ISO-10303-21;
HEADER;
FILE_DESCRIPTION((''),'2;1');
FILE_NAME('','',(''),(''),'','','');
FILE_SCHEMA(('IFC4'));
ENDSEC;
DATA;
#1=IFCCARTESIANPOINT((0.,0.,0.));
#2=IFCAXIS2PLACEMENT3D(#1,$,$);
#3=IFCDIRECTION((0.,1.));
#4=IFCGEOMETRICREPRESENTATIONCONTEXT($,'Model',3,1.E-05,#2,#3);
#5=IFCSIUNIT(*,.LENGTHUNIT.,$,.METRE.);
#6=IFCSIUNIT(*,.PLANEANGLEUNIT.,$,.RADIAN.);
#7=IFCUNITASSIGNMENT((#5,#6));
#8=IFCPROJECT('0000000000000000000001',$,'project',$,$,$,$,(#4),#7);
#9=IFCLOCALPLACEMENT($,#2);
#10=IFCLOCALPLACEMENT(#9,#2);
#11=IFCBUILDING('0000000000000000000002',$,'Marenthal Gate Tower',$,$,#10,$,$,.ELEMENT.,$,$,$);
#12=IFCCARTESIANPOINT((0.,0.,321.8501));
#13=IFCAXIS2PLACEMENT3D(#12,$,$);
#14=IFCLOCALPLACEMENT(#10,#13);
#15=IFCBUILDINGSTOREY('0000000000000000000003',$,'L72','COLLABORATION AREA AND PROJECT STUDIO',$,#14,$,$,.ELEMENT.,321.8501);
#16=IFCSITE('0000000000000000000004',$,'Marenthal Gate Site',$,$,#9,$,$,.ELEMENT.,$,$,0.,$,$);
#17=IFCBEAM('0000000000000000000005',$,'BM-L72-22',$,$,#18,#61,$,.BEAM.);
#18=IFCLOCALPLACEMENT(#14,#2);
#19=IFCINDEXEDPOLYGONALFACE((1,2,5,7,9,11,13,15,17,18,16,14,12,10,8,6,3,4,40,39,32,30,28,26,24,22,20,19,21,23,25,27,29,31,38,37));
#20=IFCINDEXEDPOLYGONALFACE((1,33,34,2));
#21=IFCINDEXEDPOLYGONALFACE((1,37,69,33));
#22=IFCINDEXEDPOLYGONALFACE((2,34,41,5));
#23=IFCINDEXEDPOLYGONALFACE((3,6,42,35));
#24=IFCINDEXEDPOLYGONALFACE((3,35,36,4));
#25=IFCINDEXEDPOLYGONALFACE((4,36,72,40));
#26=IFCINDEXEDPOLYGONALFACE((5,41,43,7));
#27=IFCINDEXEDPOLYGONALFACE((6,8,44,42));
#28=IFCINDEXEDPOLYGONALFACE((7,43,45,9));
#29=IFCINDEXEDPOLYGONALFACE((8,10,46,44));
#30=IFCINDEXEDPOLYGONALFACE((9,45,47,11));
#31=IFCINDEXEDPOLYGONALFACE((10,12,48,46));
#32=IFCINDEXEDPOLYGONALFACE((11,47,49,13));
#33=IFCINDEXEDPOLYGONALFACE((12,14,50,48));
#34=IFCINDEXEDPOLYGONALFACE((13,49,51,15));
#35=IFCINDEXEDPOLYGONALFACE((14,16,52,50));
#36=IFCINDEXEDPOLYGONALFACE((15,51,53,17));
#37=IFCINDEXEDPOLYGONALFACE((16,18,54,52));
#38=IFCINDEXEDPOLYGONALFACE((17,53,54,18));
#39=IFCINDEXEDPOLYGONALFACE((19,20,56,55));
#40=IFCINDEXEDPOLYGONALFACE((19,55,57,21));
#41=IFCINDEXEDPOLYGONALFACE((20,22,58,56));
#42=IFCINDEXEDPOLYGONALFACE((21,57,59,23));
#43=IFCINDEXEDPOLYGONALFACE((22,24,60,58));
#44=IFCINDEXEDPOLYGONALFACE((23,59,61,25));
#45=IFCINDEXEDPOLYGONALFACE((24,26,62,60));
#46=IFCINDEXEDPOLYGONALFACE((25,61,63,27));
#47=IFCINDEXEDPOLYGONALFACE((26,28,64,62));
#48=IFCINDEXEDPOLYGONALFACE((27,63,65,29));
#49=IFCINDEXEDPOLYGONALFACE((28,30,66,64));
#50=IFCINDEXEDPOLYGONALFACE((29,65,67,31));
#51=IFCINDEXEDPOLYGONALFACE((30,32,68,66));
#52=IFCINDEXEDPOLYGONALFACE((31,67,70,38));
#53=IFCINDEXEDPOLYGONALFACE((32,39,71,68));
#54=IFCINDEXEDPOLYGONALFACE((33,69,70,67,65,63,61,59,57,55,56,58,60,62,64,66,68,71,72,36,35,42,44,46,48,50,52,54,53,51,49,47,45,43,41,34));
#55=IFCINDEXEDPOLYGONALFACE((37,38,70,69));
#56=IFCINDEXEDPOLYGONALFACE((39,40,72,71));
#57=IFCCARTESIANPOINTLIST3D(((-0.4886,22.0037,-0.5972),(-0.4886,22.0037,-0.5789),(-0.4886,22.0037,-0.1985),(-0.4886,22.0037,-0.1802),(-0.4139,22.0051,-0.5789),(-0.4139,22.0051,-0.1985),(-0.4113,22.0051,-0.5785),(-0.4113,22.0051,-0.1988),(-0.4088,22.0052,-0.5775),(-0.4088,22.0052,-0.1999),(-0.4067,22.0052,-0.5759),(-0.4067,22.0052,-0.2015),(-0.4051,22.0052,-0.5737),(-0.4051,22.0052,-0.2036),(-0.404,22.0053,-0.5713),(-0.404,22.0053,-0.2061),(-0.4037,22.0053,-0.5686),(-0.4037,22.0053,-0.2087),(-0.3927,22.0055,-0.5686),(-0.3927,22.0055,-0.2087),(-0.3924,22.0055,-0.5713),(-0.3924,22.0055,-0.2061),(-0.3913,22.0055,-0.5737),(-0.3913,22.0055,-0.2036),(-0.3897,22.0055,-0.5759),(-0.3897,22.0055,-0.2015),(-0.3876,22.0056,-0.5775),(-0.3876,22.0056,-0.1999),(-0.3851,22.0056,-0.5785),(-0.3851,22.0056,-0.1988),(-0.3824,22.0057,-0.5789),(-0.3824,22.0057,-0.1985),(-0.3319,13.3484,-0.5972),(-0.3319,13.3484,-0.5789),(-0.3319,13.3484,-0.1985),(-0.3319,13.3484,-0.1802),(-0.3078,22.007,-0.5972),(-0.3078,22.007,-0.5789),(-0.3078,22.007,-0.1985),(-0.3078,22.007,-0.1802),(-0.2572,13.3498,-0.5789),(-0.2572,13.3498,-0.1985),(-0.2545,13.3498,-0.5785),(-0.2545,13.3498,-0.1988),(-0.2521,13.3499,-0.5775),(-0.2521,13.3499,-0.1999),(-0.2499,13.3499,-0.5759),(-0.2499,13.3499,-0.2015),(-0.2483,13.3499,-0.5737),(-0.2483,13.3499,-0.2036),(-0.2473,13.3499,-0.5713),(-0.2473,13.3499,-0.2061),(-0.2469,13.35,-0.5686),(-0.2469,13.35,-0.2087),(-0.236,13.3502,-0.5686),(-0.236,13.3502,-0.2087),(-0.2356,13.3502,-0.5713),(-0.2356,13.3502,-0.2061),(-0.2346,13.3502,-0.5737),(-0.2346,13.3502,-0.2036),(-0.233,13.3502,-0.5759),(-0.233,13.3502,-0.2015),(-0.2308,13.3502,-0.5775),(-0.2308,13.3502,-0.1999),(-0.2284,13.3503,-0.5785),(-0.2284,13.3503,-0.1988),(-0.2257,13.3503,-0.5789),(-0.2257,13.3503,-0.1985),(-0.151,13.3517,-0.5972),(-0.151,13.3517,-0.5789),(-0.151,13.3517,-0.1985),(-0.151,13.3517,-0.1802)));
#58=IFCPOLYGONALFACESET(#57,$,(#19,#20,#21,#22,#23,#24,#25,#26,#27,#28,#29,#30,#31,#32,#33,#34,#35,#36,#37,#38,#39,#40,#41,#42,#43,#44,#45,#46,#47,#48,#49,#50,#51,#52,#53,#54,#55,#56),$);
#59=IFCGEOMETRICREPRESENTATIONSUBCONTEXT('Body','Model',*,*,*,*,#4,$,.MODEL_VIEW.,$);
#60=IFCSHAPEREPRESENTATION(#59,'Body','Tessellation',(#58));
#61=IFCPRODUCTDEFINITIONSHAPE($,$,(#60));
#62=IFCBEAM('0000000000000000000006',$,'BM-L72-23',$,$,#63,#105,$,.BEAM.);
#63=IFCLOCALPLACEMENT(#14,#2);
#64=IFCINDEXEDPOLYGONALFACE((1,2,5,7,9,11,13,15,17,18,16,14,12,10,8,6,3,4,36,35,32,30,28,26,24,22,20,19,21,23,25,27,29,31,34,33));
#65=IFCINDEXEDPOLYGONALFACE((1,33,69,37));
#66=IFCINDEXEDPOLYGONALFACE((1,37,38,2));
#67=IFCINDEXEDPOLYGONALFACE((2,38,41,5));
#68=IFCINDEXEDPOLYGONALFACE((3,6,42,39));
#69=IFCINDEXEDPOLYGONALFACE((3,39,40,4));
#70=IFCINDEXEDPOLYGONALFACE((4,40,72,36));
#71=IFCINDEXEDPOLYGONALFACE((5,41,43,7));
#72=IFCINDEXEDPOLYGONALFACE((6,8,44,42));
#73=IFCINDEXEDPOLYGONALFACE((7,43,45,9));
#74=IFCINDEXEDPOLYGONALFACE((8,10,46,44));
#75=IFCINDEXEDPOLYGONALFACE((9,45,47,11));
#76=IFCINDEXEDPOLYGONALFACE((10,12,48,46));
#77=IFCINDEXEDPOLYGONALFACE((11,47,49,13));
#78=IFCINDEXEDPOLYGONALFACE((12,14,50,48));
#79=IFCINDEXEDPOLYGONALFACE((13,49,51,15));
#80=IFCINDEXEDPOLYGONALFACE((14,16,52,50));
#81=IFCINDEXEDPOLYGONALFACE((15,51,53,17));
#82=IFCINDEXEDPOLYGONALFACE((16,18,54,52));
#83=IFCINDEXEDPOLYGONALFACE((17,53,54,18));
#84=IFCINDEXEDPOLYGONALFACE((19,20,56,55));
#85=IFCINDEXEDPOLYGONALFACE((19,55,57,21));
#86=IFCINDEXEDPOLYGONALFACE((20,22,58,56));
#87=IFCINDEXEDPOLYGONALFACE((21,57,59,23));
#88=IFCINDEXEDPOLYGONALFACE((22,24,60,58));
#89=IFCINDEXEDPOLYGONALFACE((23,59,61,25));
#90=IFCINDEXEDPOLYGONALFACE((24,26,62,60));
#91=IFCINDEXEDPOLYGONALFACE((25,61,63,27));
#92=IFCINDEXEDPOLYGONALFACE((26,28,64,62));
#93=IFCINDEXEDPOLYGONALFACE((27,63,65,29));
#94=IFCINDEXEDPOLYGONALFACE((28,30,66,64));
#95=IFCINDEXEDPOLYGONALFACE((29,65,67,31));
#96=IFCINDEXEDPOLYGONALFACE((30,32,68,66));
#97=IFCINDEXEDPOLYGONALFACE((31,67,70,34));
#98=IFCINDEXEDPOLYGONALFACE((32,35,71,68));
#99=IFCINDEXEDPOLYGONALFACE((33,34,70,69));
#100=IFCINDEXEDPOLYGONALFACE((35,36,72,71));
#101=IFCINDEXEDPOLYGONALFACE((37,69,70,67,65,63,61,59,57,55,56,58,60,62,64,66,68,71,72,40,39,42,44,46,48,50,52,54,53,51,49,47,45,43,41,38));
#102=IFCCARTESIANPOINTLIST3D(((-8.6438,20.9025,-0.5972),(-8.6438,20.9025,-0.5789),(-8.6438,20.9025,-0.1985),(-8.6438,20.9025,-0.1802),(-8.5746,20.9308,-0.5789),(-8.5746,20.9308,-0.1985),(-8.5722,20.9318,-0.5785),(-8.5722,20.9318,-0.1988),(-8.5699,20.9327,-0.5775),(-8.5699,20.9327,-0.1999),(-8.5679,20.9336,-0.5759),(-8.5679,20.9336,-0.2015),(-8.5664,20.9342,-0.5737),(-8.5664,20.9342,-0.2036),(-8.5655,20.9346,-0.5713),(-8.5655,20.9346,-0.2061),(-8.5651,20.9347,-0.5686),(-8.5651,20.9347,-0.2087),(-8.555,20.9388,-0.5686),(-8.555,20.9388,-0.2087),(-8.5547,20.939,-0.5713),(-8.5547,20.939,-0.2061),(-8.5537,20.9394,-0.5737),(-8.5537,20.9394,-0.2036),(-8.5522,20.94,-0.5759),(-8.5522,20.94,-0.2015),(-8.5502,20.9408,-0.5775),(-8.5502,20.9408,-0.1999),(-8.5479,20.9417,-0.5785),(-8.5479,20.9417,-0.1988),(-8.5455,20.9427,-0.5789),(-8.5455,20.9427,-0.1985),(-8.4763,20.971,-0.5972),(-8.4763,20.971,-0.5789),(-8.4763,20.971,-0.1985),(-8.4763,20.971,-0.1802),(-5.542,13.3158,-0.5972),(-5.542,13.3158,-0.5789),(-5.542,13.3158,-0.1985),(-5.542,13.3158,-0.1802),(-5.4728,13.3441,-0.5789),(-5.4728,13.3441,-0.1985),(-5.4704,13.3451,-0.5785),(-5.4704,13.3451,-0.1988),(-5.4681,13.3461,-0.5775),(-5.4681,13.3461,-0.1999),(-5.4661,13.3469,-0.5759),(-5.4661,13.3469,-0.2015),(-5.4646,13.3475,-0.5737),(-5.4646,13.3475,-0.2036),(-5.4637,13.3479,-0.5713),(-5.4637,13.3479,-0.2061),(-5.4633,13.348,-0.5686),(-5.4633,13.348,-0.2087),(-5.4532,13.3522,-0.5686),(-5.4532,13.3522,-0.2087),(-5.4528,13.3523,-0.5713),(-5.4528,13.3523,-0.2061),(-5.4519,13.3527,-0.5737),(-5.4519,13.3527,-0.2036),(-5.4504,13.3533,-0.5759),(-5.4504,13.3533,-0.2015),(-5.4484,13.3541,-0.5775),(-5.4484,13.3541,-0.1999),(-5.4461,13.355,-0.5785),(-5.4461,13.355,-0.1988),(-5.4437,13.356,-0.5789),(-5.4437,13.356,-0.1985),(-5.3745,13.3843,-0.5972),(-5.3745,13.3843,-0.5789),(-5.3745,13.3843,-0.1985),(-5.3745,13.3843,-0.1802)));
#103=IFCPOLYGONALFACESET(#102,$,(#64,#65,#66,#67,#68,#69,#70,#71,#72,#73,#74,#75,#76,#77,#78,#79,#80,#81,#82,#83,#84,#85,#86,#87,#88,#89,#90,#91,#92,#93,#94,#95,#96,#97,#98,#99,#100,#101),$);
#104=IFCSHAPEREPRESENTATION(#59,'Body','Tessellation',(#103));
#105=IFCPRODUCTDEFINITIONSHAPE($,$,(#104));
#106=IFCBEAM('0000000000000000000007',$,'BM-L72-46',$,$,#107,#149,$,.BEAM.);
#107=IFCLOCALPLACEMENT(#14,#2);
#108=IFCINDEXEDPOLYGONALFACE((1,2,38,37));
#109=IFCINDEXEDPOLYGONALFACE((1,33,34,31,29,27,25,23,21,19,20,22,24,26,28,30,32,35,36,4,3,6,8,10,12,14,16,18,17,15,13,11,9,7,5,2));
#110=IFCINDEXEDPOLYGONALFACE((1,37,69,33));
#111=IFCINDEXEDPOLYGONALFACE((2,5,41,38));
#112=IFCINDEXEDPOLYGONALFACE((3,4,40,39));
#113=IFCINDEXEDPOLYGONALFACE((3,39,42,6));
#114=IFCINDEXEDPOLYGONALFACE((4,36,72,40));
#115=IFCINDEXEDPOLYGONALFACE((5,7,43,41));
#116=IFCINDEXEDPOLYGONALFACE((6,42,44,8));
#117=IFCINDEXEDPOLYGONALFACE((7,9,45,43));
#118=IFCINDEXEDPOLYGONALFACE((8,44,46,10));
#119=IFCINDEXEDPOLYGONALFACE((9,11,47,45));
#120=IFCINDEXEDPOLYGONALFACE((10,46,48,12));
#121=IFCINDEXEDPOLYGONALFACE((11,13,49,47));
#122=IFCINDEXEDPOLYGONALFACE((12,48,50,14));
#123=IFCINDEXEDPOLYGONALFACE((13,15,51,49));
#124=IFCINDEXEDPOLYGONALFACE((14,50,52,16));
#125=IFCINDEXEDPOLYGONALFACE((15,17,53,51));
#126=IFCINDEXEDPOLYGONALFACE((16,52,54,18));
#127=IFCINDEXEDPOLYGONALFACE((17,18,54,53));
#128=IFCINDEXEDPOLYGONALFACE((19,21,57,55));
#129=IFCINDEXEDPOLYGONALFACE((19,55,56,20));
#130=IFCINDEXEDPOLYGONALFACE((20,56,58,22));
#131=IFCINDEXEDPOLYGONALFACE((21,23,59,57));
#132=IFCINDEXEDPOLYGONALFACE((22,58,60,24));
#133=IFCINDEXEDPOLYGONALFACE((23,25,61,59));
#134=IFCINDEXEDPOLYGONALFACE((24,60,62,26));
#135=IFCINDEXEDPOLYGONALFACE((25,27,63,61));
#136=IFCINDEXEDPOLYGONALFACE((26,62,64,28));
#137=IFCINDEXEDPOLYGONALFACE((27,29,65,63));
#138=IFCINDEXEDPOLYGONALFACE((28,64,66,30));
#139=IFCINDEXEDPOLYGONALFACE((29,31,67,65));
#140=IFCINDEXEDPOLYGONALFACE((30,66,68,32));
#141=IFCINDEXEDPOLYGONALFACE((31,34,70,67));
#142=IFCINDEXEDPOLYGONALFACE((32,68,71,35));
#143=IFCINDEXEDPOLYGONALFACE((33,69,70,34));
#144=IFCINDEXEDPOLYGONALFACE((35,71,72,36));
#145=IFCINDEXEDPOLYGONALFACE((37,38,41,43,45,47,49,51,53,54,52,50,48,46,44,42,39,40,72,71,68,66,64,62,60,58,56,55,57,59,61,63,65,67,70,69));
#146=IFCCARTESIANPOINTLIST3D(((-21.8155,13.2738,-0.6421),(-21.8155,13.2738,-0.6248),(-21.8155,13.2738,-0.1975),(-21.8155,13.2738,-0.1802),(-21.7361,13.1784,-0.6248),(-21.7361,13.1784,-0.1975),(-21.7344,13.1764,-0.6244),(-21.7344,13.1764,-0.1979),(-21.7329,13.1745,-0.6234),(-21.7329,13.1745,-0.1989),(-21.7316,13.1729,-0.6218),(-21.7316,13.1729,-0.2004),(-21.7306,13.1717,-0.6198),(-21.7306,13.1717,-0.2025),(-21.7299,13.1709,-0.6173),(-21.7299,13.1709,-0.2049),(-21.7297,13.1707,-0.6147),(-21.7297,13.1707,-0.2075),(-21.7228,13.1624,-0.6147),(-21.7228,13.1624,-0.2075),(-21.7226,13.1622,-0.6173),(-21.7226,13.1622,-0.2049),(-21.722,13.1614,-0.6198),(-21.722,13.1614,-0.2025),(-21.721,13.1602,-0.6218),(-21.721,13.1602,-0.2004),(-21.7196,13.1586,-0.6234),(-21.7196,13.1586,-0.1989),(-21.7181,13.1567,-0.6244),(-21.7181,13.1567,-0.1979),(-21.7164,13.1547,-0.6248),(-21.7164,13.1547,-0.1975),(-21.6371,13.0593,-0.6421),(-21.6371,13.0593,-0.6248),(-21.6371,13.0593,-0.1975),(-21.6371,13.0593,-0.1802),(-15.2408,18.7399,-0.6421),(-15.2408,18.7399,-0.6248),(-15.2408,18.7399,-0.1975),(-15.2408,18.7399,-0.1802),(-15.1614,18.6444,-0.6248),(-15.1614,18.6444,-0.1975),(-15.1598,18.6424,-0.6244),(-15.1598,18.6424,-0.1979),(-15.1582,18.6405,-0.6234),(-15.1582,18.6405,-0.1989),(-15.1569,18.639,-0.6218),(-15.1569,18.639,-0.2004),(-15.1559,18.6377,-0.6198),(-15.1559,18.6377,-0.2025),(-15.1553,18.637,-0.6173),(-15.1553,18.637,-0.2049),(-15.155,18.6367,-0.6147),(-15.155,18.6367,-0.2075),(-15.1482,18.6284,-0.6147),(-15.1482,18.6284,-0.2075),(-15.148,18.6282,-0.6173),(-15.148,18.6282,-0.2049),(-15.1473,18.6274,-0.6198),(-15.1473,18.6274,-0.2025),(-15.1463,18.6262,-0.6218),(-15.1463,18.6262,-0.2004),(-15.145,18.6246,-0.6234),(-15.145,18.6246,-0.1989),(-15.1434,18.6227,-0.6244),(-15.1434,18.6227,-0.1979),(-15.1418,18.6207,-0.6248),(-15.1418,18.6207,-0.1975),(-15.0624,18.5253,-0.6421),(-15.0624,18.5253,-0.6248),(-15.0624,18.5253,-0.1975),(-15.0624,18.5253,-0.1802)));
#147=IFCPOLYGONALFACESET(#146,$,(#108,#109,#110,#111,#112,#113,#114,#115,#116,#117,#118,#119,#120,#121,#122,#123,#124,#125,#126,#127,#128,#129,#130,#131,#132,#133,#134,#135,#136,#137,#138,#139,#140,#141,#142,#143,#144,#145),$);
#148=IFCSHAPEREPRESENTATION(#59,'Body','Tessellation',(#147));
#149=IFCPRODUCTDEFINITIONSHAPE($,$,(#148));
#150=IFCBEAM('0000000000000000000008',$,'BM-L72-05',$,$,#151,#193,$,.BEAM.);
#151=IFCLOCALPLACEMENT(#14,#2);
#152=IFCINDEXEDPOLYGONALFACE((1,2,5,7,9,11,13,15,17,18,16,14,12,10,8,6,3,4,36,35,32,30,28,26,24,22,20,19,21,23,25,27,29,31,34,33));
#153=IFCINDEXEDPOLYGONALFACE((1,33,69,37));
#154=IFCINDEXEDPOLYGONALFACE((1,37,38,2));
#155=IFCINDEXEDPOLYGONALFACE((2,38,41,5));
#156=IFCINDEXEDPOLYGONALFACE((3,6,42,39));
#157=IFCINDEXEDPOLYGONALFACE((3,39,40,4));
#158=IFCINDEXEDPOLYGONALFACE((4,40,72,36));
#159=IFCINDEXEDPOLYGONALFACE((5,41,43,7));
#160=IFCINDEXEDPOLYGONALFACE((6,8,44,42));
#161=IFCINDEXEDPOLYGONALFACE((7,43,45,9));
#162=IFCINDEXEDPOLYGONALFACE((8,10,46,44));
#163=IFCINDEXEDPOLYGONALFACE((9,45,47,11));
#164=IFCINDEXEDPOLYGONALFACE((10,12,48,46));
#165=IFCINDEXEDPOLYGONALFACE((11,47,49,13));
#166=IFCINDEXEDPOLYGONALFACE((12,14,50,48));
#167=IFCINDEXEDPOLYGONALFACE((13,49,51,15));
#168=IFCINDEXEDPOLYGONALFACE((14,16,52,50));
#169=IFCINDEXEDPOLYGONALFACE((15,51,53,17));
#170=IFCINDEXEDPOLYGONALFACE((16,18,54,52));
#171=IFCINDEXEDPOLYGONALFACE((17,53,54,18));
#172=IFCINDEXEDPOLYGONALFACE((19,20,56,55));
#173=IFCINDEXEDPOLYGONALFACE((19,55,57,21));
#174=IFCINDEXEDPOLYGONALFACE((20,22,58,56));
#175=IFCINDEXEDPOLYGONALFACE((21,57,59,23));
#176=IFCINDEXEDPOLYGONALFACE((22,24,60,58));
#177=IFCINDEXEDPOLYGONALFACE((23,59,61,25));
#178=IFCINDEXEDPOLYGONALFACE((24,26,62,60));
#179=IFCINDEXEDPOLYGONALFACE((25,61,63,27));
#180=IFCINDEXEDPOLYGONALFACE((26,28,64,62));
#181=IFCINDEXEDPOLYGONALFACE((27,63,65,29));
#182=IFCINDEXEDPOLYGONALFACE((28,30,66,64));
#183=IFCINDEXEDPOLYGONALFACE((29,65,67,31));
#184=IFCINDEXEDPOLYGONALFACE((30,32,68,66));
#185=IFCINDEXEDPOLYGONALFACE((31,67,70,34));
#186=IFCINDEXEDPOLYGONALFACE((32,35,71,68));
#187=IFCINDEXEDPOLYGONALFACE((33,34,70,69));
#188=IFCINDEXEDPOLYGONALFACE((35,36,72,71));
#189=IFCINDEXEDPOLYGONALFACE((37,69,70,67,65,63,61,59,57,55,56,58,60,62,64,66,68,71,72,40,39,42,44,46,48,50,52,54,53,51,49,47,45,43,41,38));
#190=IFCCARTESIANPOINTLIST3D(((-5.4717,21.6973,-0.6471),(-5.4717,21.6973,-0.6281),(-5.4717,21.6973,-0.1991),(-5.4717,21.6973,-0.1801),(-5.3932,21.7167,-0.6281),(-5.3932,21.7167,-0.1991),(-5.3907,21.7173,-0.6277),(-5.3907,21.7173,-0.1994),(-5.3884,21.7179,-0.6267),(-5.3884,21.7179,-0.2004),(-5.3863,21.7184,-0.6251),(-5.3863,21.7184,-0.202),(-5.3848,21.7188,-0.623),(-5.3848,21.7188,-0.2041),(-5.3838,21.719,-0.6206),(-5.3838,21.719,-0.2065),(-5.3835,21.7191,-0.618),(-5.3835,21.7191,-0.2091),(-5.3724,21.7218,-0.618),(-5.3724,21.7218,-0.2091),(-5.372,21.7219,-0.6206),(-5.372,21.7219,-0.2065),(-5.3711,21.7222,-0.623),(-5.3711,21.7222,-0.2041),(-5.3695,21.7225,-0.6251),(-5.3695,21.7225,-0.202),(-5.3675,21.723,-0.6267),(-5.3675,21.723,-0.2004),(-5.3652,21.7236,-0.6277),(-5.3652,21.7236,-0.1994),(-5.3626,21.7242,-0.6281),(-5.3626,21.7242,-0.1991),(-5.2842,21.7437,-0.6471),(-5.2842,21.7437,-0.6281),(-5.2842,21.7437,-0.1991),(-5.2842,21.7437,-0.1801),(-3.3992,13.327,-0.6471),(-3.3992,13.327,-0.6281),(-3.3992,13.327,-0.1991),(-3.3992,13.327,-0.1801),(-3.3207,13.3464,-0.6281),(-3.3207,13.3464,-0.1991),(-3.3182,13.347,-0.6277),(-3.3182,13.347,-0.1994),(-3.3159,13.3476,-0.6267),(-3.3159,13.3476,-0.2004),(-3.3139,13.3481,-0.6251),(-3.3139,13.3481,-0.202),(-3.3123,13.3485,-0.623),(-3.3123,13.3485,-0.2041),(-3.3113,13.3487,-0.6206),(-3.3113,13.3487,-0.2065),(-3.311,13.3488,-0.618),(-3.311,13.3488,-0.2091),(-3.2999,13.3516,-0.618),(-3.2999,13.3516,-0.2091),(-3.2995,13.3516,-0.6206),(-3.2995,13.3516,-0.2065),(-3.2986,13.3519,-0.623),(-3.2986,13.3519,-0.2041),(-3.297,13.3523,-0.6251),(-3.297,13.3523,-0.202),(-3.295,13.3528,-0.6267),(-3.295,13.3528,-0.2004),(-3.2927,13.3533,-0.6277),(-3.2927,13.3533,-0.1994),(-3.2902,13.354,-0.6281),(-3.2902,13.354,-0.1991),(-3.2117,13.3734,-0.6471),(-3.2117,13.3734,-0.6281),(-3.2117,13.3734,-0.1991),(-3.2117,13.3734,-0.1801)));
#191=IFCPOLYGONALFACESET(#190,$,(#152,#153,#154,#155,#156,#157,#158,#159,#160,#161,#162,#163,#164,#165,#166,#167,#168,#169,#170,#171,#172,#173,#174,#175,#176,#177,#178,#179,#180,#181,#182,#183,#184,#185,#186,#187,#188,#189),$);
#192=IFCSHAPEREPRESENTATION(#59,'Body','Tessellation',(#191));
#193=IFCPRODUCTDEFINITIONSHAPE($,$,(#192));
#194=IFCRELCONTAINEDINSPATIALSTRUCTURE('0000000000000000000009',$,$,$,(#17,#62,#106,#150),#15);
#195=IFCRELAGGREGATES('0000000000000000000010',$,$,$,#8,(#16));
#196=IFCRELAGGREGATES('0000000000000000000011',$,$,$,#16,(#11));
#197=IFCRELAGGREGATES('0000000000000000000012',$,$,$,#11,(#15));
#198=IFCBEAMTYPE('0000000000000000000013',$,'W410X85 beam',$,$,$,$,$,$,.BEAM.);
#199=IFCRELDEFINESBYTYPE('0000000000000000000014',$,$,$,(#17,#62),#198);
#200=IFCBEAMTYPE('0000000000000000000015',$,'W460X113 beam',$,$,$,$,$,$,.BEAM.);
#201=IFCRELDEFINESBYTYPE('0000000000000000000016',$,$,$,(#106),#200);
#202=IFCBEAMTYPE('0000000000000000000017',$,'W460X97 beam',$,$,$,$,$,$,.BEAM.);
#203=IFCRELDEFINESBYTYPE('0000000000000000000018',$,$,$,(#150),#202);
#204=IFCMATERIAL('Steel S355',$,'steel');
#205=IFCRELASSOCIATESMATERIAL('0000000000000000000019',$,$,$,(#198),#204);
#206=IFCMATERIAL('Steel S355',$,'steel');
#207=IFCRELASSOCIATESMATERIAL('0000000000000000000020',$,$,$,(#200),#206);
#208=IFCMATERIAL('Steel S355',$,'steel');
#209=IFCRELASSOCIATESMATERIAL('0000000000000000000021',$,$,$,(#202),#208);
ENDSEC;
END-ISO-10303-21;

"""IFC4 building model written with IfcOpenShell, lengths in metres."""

from ifc_helpers import new_model, si_unit, direction, frame, origin, origin_2d, place, context, subcontext, project, spatial, i_section, extrude, material, material_profile, profile_set, type_object, element, save


model = new_model("IFC4")

# Units and contexts
model_context = context("Model", 3, precision=1e-05, world=origin(), true_north=direction((0.0, 1.0)))
body_context = subcontext(model_context, "Body", "Model", "MODEL_VIEW")
ifc_project = project(units=[si_unit("LENGTHUNIT", "METRE"), si_unit("PLANEANGLEUNIT", "RADIAN")], contexts=[model_context])

# Site, building, storey
site_placement = place(None, origin())
site = spatial("IfcSite", under=ifc_project, at=site_placement, Name="Marenthal Gate Site", CompositionType="ELEMENT", RefElevation=0.0)
building_placement = place(site_placement, origin())
building = spatial("IfcBuilding", under=site, at=building_placement, Name="Marenthal Gate Tower", CompositionType="ELEMENT")
storey_placement = place(building_placement, frame((0.0, 0.0, 321.8501)))
storey = spatial("IfcBuildingStorey", under=building, at=storey_placement, Name="L72", Description="COLLABORATION AREA AND PROJECT STUDIO", CompositionType="ELEMENT", Elevation=321.8501)

# Beams
ifc_material_1 = material(Name="Steel S355", Category="steel")
ifc_material_profile_1 = material_profile(ifc_material_1, i_section(OverallWidth=0.1809, OverallDepth=0.417, WebThickness=0.011, FlangeThickness=0.0183, FilletRadius=0.0103, at=origin_2d()), Name="W410X85")
ifc_profile_set_1 = profile_set([ifc_material_profile_1], Name="Steel S355")
beam_type_1 = type_object("IfcBeamType", Name="W410X85 beam", PredefinedType="BEAM", material=ifc_profile_set_1)
beam_1_placement = place(storey_placement, frame((-0.3982, 22.0054, -0.3887), z_axis=(0.018106, -0.999836, 0.0), x_axis=(0.999836, 0.018106, 0.0)))
element("IfcBeam", 1, at=beam_1_placement, inside=storey, type_object=beam_type_1, Name="BM-L72-22", PredefinedType="BEAM", context=body_context, shape_type="SweptSolid", body=[
    extrude(i_section(OverallWidth=0.1809, OverallDepth=0.417, WebThickness=0.011, FlangeThickness=0.0183, FilletRadius=0.0103, at=origin_2d()), origin(), (0.0, 0.0, 1.0), 8.6567),
])
beam_2_placement = place(storey_placement, frame((-8.5601, 20.9368, -0.3887), z_axis=(0.378441, -0.925625, 0.0), x_axis=(0.925625, 0.378441, 0.0)))
element("IfcBeam", 2, at=beam_2_placement, inside=storey, type_object=beam_type_1, Name="BM-L72-23", PredefinedType="BEAM", context=body_context, shape_type="SweptSolid", body=[
    extrude(i_section(OverallWidth=0.1809, OverallDepth=0.417, WebThickness=0.011, FlangeThickness=0.0183, FilletRadius=0.0103, at=origin_2d()), origin(), (0.0, 0.0, 1.0), 8.1963),
])
ifc_material_2 = material(Name="Steel S355", Category="steel")
ifc_material_profile_2 = material_profile(ifc_material_2, i_section(OverallWidth=0.2791, OverallDepth=0.4619, WebThickness=0.0107, FlangeThickness=0.0173, FilletRadius=0.01, at=origin_2d()), Name="W460X113")
ifc_profile_set_2 = profile_set([ifc_material_profile_2], Name="Steel S355")
beam_type_2 = type_object("IfcBeamType", Name="W460X113 beam", PredefinedType="BEAM", material=ifc_profile_set_2)
beam_3_placement = place(storey_placement, frame((-15.1516, 18.6326, -0.4111), z_axis=(-0.76896, -0.639296, 0.0), x_axis=(0.639296, -0.76896, 0.0)))
element("IfcBeam", 3, at=beam_3_placement, inside=storey, type_object=beam_type_2, Name="BM-L72-46", PredefinedType="BEAM", context=body_context, shape_type="SweptSolid", body=[
    extrude(i_section(OverallWidth=0.2791, OverallDepth=0.4619, WebThickness=0.0107, FlangeThickness=0.0173, FilletRadius=0.01, at=origin_2d()), origin(), (0.0, 0.0, 1.0), 8.55),
])
ifc_material_3 = material(Name="Steel S355", Category="steel")
ifc_material_profile_3 = material_profile(ifc_material_3, i_section(OverallWidth=0.1931, OverallDepth=0.467, WebThickness=0.0115, FlangeThickness=0.019, FilletRadius=0.01, at=origin_2d()), Name="W460X97")
ifc_profile_set_3 = profile_set([ifc_material_profile_3], Name="Steel S355")
beam_type_3 = type_object("IfcBeamType", Name="W460X97 beam", PredefinedType="BEAM", material=ifc_profile_set_3)
beam_4_placement = place(storey_placement, frame((-5.3779, 21.7205, -0.4136), z_axis=(0.240343, -0.970688, 0.0), x_axis=(0.970688, 0.240343, 0.0)))
element("IfcBeam", 4, at=beam_4_placement, inside=storey, type_object=beam_type_3, Name="BM-L72-05", PredefinedType="BEAM", context=body_context, shape_type="SweptSolid", body=[
    extrude(i_section(OverallWidth=0.1931, OverallDepth=0.467, WebThickness=0.0115, FlangeThickness=0.019, FilletRadius=0.01, at=origin_2d()), origin(), (0.0, 0.0, 1.0), 8.623),
])

save(model, "model.ifc")
